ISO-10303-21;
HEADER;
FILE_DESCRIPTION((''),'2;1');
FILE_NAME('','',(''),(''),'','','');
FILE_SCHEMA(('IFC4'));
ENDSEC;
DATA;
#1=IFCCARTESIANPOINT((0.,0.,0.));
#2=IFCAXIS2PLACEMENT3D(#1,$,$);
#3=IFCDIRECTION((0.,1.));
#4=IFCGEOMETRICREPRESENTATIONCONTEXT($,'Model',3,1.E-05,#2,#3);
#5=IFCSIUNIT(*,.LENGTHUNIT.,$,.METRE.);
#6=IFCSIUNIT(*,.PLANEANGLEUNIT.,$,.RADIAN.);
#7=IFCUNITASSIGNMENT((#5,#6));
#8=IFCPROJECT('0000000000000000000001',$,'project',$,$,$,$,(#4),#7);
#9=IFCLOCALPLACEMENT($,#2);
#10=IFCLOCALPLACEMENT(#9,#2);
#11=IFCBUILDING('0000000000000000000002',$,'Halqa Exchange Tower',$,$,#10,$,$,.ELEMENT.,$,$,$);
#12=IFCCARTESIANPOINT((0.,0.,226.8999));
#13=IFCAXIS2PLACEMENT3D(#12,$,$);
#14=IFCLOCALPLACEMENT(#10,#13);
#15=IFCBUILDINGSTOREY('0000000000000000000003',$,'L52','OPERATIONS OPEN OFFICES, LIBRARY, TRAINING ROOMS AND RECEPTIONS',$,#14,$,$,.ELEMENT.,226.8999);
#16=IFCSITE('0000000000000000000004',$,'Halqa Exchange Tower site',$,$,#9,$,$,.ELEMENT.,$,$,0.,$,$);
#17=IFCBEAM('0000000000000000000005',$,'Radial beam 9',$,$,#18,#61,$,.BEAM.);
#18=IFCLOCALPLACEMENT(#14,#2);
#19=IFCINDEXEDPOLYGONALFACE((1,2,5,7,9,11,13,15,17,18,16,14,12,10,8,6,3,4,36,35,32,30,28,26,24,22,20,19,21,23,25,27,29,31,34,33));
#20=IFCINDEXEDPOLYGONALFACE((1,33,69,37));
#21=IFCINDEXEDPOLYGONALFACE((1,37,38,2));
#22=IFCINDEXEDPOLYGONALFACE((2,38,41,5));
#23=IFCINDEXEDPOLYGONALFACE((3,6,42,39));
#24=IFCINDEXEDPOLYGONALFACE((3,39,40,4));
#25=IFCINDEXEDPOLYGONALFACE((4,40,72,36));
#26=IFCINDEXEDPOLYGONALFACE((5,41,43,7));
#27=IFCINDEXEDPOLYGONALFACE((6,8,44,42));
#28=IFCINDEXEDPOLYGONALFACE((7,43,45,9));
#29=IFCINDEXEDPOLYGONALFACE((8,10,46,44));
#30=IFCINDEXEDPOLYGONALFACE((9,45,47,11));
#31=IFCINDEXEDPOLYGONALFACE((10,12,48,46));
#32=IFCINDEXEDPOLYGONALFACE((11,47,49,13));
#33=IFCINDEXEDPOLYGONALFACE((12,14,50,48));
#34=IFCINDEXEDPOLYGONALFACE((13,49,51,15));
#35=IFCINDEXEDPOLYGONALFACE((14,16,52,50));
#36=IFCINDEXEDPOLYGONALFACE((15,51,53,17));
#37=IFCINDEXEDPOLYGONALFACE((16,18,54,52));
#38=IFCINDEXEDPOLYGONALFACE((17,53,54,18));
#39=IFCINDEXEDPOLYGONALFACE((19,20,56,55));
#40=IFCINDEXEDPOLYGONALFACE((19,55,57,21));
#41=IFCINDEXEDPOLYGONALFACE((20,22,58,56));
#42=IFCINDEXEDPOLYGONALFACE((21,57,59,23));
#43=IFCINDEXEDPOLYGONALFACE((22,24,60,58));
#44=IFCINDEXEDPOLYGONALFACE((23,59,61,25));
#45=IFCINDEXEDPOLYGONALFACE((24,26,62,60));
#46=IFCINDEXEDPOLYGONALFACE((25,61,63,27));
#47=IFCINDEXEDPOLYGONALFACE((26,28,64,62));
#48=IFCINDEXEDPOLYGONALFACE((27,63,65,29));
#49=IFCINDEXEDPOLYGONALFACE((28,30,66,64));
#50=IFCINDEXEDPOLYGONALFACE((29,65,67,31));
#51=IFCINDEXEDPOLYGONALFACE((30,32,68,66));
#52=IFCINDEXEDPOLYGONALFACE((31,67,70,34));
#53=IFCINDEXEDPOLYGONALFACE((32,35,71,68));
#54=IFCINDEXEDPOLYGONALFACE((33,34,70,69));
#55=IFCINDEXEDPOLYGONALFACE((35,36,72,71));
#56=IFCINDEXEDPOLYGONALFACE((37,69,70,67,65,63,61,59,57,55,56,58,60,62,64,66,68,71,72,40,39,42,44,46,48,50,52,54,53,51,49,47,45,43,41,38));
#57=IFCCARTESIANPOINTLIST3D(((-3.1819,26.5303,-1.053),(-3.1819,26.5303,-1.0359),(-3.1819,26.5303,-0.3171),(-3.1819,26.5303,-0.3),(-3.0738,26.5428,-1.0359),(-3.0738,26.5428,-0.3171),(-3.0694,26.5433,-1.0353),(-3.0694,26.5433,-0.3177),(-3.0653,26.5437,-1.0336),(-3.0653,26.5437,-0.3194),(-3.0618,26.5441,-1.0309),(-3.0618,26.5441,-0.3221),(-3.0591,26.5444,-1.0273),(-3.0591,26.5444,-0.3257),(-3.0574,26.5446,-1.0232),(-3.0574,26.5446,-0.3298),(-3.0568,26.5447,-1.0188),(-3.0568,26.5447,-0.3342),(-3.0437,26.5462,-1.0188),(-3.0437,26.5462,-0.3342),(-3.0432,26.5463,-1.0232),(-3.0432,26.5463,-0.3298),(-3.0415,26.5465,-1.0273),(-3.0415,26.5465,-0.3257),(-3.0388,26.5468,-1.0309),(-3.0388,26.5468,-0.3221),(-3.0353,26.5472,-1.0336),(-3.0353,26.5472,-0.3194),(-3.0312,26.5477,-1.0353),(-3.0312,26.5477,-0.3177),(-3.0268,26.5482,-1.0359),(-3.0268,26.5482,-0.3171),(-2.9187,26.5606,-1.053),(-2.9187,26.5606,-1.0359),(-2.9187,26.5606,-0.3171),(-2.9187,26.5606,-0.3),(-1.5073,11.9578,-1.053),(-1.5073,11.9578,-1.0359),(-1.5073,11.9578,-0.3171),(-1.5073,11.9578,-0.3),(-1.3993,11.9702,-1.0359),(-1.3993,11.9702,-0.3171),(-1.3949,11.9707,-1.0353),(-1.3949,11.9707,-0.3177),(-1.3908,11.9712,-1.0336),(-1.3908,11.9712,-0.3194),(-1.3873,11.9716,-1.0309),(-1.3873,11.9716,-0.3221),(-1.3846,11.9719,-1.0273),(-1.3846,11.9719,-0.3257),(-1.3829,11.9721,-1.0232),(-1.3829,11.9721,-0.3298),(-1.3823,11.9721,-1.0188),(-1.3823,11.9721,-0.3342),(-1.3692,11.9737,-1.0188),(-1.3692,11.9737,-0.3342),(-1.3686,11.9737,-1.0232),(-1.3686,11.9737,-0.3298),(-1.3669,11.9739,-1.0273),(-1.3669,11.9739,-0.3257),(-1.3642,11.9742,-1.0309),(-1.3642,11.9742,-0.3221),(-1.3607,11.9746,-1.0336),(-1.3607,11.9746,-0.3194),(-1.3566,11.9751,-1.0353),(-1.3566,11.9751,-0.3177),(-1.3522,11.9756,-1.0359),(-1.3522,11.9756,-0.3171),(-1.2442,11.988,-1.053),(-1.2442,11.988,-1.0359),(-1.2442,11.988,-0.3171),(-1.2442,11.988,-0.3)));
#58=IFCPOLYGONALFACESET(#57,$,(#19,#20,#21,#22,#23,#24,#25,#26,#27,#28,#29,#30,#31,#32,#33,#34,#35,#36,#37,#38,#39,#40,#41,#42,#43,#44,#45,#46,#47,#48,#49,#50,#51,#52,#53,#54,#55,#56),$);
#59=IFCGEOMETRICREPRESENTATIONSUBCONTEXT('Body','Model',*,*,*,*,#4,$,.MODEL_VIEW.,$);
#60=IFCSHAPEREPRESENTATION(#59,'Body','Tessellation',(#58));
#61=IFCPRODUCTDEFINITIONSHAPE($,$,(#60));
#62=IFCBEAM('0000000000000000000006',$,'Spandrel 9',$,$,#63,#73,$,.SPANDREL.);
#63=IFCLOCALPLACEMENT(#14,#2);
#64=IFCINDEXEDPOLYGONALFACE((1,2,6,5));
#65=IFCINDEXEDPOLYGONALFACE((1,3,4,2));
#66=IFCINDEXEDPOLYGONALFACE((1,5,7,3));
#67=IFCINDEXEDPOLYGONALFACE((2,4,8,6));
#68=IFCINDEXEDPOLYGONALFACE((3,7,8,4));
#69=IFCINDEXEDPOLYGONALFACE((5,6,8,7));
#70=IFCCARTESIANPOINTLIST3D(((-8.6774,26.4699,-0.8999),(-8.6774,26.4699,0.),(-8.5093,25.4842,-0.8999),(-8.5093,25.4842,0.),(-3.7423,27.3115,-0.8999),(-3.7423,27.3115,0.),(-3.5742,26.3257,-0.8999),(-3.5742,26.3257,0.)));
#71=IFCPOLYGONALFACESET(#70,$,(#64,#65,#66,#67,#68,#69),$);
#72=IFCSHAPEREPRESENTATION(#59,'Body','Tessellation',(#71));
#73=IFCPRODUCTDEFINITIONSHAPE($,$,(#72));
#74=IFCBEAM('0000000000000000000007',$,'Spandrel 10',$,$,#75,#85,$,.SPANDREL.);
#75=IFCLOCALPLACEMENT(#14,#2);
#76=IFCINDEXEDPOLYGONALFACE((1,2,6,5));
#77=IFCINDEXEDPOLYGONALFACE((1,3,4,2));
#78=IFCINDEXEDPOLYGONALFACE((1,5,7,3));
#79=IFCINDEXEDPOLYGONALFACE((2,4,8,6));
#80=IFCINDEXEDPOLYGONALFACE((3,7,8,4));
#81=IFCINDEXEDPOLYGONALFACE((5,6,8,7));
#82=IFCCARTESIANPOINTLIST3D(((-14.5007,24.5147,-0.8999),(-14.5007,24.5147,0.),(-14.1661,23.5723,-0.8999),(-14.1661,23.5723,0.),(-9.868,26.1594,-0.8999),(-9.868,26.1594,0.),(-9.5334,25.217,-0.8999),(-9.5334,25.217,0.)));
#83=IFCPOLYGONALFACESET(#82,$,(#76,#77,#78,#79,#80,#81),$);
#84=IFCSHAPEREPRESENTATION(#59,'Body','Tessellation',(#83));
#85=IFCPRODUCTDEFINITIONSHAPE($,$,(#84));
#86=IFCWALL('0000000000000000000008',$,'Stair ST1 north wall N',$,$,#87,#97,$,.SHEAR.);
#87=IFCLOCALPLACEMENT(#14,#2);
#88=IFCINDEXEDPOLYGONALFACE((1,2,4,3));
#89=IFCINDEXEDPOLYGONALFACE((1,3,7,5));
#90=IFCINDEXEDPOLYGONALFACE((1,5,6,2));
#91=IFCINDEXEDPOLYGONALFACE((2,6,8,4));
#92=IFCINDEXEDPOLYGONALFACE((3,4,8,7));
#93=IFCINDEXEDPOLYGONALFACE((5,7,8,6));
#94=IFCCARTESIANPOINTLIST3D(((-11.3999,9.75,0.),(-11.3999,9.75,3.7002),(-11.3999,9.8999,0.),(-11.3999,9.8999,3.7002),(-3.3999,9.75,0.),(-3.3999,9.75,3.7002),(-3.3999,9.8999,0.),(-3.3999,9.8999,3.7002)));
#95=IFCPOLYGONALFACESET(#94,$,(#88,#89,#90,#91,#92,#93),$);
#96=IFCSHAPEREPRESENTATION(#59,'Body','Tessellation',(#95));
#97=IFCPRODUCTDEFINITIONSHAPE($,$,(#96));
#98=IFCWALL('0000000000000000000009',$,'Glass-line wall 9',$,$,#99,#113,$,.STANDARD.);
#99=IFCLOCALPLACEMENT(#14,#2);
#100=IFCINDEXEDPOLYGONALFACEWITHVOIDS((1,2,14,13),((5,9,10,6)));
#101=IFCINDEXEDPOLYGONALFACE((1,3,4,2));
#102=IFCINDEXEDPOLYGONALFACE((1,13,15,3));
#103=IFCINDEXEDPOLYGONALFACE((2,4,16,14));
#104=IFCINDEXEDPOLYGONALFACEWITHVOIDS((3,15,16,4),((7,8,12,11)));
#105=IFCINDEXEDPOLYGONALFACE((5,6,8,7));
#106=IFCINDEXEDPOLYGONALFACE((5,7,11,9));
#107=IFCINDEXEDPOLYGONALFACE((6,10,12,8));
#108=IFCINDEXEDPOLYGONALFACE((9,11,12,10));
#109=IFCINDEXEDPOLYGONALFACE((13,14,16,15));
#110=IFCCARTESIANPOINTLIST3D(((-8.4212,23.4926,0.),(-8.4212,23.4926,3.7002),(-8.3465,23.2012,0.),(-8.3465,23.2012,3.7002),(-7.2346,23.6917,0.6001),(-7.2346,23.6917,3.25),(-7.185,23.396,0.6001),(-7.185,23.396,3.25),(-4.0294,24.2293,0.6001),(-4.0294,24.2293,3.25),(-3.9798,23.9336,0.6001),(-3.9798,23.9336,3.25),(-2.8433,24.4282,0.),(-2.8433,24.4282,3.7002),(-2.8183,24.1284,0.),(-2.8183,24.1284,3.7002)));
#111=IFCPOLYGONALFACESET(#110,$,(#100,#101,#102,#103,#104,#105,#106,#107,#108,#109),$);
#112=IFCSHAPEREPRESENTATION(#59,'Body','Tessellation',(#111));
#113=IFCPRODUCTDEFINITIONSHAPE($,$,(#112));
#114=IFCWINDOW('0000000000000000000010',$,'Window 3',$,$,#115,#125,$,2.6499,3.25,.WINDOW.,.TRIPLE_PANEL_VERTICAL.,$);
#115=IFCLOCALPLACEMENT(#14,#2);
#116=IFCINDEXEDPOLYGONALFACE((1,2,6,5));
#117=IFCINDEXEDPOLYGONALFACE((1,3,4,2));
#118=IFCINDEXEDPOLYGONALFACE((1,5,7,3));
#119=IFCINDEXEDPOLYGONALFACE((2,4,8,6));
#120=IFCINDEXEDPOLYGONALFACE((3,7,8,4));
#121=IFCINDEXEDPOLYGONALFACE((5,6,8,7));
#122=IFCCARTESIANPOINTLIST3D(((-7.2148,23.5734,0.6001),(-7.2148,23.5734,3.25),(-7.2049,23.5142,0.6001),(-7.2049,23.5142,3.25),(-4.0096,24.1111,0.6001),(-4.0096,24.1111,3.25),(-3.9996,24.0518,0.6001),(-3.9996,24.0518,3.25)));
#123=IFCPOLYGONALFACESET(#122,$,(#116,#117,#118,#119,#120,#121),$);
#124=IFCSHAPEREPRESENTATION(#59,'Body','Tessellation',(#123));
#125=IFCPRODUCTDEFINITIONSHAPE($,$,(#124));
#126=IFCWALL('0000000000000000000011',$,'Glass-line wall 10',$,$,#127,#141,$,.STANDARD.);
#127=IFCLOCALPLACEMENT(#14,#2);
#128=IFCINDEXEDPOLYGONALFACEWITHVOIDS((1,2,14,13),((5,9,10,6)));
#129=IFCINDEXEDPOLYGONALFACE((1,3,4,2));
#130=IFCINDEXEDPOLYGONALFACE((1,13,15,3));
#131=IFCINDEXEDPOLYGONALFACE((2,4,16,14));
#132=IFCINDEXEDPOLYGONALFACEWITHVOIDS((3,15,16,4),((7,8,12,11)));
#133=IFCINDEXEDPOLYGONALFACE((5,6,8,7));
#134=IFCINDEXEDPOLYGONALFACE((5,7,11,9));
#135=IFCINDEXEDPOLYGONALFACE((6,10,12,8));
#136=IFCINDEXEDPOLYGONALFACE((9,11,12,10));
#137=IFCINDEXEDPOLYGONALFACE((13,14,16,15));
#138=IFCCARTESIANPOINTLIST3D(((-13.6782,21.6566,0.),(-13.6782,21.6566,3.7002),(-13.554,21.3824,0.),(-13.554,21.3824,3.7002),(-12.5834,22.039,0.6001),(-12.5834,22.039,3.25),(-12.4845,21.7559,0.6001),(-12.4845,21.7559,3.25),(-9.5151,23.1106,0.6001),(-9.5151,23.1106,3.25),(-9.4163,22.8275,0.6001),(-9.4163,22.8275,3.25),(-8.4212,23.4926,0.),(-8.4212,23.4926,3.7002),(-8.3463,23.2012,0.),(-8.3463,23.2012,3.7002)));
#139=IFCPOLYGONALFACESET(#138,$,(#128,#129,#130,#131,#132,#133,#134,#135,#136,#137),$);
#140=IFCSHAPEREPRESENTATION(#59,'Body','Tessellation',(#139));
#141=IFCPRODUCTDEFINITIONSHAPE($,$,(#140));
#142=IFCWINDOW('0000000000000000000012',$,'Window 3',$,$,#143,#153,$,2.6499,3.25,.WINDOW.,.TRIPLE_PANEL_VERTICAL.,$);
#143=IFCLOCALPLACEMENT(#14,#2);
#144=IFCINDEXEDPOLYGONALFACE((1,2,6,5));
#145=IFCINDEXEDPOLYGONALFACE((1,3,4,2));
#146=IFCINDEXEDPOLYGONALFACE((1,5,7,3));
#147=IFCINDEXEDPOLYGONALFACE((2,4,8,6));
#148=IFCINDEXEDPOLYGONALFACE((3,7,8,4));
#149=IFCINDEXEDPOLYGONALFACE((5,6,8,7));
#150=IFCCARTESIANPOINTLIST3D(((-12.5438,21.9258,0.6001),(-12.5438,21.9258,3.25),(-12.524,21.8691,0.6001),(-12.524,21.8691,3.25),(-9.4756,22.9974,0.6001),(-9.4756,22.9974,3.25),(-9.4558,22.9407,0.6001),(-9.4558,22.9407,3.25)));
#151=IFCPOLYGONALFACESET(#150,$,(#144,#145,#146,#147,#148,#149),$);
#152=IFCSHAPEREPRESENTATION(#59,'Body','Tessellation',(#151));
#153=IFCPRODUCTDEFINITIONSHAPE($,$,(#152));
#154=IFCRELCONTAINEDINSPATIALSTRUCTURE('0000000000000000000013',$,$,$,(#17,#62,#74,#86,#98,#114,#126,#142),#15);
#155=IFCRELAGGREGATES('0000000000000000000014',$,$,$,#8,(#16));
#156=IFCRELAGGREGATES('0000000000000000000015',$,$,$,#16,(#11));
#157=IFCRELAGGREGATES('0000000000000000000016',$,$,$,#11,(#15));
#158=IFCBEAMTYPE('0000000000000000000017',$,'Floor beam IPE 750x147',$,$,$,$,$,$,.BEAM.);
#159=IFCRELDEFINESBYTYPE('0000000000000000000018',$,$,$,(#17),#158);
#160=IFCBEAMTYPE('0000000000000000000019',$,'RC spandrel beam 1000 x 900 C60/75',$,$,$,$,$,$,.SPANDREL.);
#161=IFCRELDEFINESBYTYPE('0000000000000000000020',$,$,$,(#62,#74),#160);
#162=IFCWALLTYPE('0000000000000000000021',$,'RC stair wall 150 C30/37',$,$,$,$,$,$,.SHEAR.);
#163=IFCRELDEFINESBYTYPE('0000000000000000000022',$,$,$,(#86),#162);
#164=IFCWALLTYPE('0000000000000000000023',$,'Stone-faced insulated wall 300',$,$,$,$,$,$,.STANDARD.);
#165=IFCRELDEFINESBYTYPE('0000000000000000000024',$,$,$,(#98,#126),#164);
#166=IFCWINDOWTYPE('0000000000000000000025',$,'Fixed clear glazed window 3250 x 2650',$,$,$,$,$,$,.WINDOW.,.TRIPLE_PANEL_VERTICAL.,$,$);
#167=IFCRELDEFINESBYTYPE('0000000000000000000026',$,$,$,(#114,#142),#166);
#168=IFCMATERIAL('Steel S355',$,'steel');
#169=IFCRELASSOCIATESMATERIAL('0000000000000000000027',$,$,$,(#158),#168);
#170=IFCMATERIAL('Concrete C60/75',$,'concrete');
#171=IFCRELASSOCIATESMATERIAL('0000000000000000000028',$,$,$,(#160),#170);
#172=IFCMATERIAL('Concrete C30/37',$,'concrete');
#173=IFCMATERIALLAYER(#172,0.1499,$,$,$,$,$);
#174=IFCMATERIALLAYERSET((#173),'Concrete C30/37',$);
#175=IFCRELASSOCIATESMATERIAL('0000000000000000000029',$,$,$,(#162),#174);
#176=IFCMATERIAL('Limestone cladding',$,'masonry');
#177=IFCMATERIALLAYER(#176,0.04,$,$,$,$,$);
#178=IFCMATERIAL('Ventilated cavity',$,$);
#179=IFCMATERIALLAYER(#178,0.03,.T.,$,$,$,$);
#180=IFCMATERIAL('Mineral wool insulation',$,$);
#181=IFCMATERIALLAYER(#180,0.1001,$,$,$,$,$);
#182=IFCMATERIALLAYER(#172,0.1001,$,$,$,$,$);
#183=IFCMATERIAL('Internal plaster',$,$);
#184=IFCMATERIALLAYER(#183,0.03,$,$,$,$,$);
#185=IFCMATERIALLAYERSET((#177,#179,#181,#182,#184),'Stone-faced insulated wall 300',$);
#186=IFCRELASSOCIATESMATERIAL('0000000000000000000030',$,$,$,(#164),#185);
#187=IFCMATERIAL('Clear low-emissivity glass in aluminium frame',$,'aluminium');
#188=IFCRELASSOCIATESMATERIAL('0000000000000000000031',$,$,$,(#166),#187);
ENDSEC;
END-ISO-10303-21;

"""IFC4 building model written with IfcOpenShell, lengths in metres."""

from ifc_helpers import new_model, si_unit, direction, frame, frame_2d, origin, origin_2d, place, context, subcontext, project, spatial, polyline, rectangle, i_section, outline, extrude, material, layer, layer_set, material_profile, profile_set, type_object, element, fill, save


model = new_model("IFC4")

# Units and contexts
model_context = context("Model", 3, precision=1e-05, world=origin(), true_north=direction((0.0, 1.0)))
body_context = subcontext(model_context, "Body", "Model", "MODEL_VIEW")
ifc_project = project(units=[si_unit("LENGTHUNIT", "METRE"), si_unit("PLANEANGLEUNIT", "RADIAN")], contexts=[model_context])

# Site, building, storey
site_placement = place(None, origin())
site = spatial("IfcSite", under=ifc_project, at=site_placement, Name="Halqa Exchange Tower site", CompositionType="ELEMENT", RefElevation=0.0)
building_placement = place(site_placement, origin())
building = spatial("IfcBuilding", under=site, at=building_placement, Name="Halqa Exchange Tower", CompositionType="ELEMENT")
storey_placement = place(building_placement, frame((0.0, 0.0, 226.8999)))
storey = spatial("IfcBuildingStorey", under=building, at=storey_placement, Name="L52", Description="OPERATIONS OPEN OFFICES, LIBRARY, TRAINING ROOMS AND RECEPTIONS", CompositionType="ELEMENT", Elevation=226.8999)

# Shared definitions
ifc_material_1 = material(Name="Concrete C60/75", Category="concrete")

# Beams
ifc_material_2 = material(Name="Steel S355", Category="steel")
ifc_material_profile_1 = material_profile(ifc_material_2, i_section(OverallWidth=0.2649, OverallDepth=0.7529, WebThickness=0.0132, FlangeThickness=0.0171, FilletRadius=0.0171, at=origin_2d()), Name="IPE 750x147")
ifc_profile_set_1 = profile_set([ifc_material_profile_1], Name="Steel S355")
beam_type_1 = type_object("IfcBeamType", Name="Floor beam IPE 750x147", PredefinedType="BEAM", material=ifc_profile_set_1)
beam_1_placement = place(storey_placement, frame((-1.3757, 11.9729, -0.6765), z_axis=(-0.114161, 0.993462, 0.0), x_axis=(-0.993462, -0.114161, 0.0)))
element("IfcBeam", 1, at=beam_1_placement, inside=storey, type_object=beam_type_1, Name="Radial beam 9", PredefinedType="BEAM", context=body_context, shape_type="SweptSolid", body=[
    extrude(i_section(OverallWidth=0.2649, OverallDepth=0.7529, WebThickness=0.0132, FlangeThickness=0.0171, FilletRadius=0.0171, at=origin_2d()), origin(), (0.0, 0.0, 1.0), 14.6685),
])
ifc_material_profile_2 = material_profile(ifc_material_1, rectangle(XDim=1.0, YDim=0.8999, at=origin_2d()), Name="1000 x 900")
ifc_profile_set_2 = profile_set([ifc_material_profile_2], Name="Concrete C60/75")
beam_type_2 = type_object("IfcBeamType", Name="RC spandrel beam 1000 x 900 C60/75", PredefinedType="SPANDREL", material=ifc_profile_set_2)
beam_2_placement = place(storey_placement, frame((-3.6582, 26.8186, -0.45), z_axis=(-0.98577, -0.168099, 0.0), x_axis=(0.168099, -0.98577, 0.0)))
element("IfcBeam", 2, at=beam_2_placement, inside=storey, type_object=beam_type_2, Name="Spandrel 9", PredefinedType="SPANDREL", context=body_context, shape_type="SweptSolid", body=[
    extrude(rectangle(XDim=1.0, YDim=0.8999, at=origin_2d()), origin(), (0.0, 0.0, 1.0), 5.0063),
])
beam_3_placement = place(storey_placement, frame((-9.7007, 25.6882, -0.45), z_axis=(-0.942372, -0.334568, 0.0), x_axis=(0.334568, -0.942372, 0.0)))
element("IfcBeam", 3, at=beam_3_placement, inside=storey, type_object=beam_type_2, Name="Spandrel 10", PredefinedType="SPANDREL", context=body_context, shape_type="SweptSolid", body=[
    extrude(rectangle(XDim=1.0, YDim=0.8999, at=origin_2d()), origin(), (0.0, 0.0, 1.0), 4.916),
])

# Wall
ifc_material_3 = material(Name="Concrete C30/37", Category="concrete")
ifc_layer_1 = layer(ifc_material_3, 0.1499)
ifc_layer_set_1 = layer_set([ifc_layer_1], Name="Concrete C30/37")
wall_type_1 = type_object("IfcWallType", Name="RC stair wall 150 C30/37", PredefinedType="SHEAR", material=ifc_layer_set_1)
wall_1_placement = place(storey_placement, frame((-11.3999, 9.825, 0.0), z_axis=(0.0, 0.0, 1.0), x_axis=(1.0, 0.0, 0.0)))
element("IfcWall", 4, at=wall_1_placement, inside=storey, type_object=wall_type_1, Name="Stair ST1 north wall N", PredefinedType="SHEAR", context=body_context, shape_type="SweptSolid", body=[
    extrude(rectangle(XDim=8.0, YDim=0.1499, at=frame_2d((4.0, 0.0))), origin(), (0.0, 0.0, 1.0), 3.7002),
])

# Walls, openings, windows
ifc_material_4 = material(Name="Limestone cladding", Category="masonry")
ifc_layer_2 = layer(ifc_material_4, 0.04)
ifc_material_5 = material(Name="Ventilated cavity")
ifc_layer_3 = layer(ifc_material_5, 0.03, ventilated=True)
ifc_material_6 = material(Name="Mineral wool insulation")
ifc_layer_4 = layer(ifc_material_6, 0.1001)
ifc_layer_5 = layer(ifc_material_3, 0.1001)
ifc_material_7 = material(Name="Internal plaster")
ifc_layer_6 = layer(ifc_material_7, 0.03)
ifc_layer_set_2 = layer_set([ifc_layer_2, ifc_layer_3, ifc_layer_4, ifc_layer_5, ifc_layer_6], Name="Stone-faced insulated wall 300")
wall_type_2 = type_object("IfcWallType", Name="Stone-faced insulated wall 300", PredefinedType="STANDARD", material=ifc_layer_set_2)
wall_2_placement = place(storey_placement, frame((-2.8308, 24.2783, 0.0), z_axis=(0.0, 0.0, 1.0), x_axis=(-0.986223, -0.165418, 0.0)))
wall_2 = element("IfcWall", 5, at=wall_2_placement, inside=storey, type_object=wall_type_2, Name="Glass-line wall 9", PredefinedType="STANDARD", context=body_context, shape_type="SweptSolid", body=[
    extrude(outline(polyline([(-0.0125, -0.1499), (5.6433, -0.1499), (5.6179, 0.1499), (0.0125, 0.1499), (-0.0125, -0.1499)])), origin(), (0.0, 0.0, 1.0), 3.7002),
])
opening_1_placement = place(wall_2_placement, frame((1.1902, 0.0, 0.6001)))
opening_1 = element("IfcOpeningElement", 6, at=opening_1_placement, cuts=wall_2, PredefinedType="OPENING", context=body_context, shape_type="SweptSolid", body=[
    extrude(rectangle(XDim=3.25, YDim=2.6499, at=frame_2d((1.625, 1.325))), frame((0.0, 0.1621, 0.0), z_axis=(0.0, -1.0, 0.0), x_axis=(1.0, 0.0, 0.0)), (0.0, 0.0, 1.0), 0.324),
])
ifc_material_8 = material(Name="Clear low-emissivity glass in aluminium frame", Category="aluminium")
window_type = type_object("IfcWindowType", Name="Fixed clear glazed window 3250 x 2650", PartitioningType="TRIPLE_PANEL_VERTICAL", PredefinedType="WINDOW", material=ifc_material_8)
window_1_placement = place(opening_1_placement, origin())
window_1 = element("IfcWindow", 7, at=window_1_placement, inside=storey, type_object=window_type, Name="Window 3", OverallHeight=2.6499, OverallWidth=3.25, PartitioningType="TRIPLE_PANEL_VERTICAL", PredefinedType="WINDOW", context=body_context, shape_type="SweptSolid", body=[
    extrude(rectangle(XDim=3.25, YDim=2.6499, at=frame_2d((1.625, 1.325))), frame((0.0, 0.03, 0.0), z_axis=(0.0, -1.0, 0.0), x_axis=(1.0, 0.0, 0.0)), (0.0, 0.0, 1.0), 0.0601),
])
fill(opening_1, window_1)
wall_3_placement = place(storey_placement, frame((-8.3838, 23.3469, 0.0), z_axis=(0.0, 0.0, 1.0), x_axis=(-0.944076, -0.329728, 0.0)))
wall_3 = element("IfcWall", 8, at=wall_3_placement, inside=storey, type_object=wall_type_2, Name="Glass-line wall 10", PredefinedType="STANDARD", context=body_context, shape_type="SweptSolid", body=[
    extrude(outline(polyline([(-0.0127, -0.1499), (5.5557, -0.1499), (5.5288, 0.1499), (0.0127, 0.1499), (-0.0127, -0.1499)])), origin(), (0.0, 0.0, 1.0), 3.7002),
])
opening_2_placement = place(wall_3_placement, frame((1.146, 0.0, 0.6001)))
opening_2 = element("IfcOpeningElement", 9, at=opening_2_placement, cuts=wall_3, PredefinedType="OPENING", context=body_context, shape_type="SweptSolid", body=[
    extrude(rectangle(XDim=3.25, YDim=2.6499, at=frame_2d((1.625, 1.325))), frame((0.0, 0.1621, 0.0), z_axis=(0.0, -1.0, 0.0), x_axis=(1.0, 0.0, 0.0)), (0.0, 0.0, 1.0), 0.324),
])
window_2_placement = place(opening_2_placement, origin())
window_2 = element("IfcWindow", 10, at=window_2_placement, inside=storey, type_object=window_type, Name="Window 3", OverallHeight=2.6499, OverallWidth=3.25, PartitioningType="TRIPLE_PANEL_VERTICAL", PredefinedType="WINDOW", context=body_context, shape_type="SweptSolid", body=[
    extrude(rectangle(XDim=3.25, YDim=2.6499, at=frame_2d((1.625, 1.325))), frame((0.0, 0.03, 0.0), z_axis=(0.0, -1.0, 0.0), x_axis=(1.0, 0.0, 0.0)), (0.0, 0.0, 1.0), 0.0601),
])
fill(opening_2, window_2)

save(model, "model.ifc")
